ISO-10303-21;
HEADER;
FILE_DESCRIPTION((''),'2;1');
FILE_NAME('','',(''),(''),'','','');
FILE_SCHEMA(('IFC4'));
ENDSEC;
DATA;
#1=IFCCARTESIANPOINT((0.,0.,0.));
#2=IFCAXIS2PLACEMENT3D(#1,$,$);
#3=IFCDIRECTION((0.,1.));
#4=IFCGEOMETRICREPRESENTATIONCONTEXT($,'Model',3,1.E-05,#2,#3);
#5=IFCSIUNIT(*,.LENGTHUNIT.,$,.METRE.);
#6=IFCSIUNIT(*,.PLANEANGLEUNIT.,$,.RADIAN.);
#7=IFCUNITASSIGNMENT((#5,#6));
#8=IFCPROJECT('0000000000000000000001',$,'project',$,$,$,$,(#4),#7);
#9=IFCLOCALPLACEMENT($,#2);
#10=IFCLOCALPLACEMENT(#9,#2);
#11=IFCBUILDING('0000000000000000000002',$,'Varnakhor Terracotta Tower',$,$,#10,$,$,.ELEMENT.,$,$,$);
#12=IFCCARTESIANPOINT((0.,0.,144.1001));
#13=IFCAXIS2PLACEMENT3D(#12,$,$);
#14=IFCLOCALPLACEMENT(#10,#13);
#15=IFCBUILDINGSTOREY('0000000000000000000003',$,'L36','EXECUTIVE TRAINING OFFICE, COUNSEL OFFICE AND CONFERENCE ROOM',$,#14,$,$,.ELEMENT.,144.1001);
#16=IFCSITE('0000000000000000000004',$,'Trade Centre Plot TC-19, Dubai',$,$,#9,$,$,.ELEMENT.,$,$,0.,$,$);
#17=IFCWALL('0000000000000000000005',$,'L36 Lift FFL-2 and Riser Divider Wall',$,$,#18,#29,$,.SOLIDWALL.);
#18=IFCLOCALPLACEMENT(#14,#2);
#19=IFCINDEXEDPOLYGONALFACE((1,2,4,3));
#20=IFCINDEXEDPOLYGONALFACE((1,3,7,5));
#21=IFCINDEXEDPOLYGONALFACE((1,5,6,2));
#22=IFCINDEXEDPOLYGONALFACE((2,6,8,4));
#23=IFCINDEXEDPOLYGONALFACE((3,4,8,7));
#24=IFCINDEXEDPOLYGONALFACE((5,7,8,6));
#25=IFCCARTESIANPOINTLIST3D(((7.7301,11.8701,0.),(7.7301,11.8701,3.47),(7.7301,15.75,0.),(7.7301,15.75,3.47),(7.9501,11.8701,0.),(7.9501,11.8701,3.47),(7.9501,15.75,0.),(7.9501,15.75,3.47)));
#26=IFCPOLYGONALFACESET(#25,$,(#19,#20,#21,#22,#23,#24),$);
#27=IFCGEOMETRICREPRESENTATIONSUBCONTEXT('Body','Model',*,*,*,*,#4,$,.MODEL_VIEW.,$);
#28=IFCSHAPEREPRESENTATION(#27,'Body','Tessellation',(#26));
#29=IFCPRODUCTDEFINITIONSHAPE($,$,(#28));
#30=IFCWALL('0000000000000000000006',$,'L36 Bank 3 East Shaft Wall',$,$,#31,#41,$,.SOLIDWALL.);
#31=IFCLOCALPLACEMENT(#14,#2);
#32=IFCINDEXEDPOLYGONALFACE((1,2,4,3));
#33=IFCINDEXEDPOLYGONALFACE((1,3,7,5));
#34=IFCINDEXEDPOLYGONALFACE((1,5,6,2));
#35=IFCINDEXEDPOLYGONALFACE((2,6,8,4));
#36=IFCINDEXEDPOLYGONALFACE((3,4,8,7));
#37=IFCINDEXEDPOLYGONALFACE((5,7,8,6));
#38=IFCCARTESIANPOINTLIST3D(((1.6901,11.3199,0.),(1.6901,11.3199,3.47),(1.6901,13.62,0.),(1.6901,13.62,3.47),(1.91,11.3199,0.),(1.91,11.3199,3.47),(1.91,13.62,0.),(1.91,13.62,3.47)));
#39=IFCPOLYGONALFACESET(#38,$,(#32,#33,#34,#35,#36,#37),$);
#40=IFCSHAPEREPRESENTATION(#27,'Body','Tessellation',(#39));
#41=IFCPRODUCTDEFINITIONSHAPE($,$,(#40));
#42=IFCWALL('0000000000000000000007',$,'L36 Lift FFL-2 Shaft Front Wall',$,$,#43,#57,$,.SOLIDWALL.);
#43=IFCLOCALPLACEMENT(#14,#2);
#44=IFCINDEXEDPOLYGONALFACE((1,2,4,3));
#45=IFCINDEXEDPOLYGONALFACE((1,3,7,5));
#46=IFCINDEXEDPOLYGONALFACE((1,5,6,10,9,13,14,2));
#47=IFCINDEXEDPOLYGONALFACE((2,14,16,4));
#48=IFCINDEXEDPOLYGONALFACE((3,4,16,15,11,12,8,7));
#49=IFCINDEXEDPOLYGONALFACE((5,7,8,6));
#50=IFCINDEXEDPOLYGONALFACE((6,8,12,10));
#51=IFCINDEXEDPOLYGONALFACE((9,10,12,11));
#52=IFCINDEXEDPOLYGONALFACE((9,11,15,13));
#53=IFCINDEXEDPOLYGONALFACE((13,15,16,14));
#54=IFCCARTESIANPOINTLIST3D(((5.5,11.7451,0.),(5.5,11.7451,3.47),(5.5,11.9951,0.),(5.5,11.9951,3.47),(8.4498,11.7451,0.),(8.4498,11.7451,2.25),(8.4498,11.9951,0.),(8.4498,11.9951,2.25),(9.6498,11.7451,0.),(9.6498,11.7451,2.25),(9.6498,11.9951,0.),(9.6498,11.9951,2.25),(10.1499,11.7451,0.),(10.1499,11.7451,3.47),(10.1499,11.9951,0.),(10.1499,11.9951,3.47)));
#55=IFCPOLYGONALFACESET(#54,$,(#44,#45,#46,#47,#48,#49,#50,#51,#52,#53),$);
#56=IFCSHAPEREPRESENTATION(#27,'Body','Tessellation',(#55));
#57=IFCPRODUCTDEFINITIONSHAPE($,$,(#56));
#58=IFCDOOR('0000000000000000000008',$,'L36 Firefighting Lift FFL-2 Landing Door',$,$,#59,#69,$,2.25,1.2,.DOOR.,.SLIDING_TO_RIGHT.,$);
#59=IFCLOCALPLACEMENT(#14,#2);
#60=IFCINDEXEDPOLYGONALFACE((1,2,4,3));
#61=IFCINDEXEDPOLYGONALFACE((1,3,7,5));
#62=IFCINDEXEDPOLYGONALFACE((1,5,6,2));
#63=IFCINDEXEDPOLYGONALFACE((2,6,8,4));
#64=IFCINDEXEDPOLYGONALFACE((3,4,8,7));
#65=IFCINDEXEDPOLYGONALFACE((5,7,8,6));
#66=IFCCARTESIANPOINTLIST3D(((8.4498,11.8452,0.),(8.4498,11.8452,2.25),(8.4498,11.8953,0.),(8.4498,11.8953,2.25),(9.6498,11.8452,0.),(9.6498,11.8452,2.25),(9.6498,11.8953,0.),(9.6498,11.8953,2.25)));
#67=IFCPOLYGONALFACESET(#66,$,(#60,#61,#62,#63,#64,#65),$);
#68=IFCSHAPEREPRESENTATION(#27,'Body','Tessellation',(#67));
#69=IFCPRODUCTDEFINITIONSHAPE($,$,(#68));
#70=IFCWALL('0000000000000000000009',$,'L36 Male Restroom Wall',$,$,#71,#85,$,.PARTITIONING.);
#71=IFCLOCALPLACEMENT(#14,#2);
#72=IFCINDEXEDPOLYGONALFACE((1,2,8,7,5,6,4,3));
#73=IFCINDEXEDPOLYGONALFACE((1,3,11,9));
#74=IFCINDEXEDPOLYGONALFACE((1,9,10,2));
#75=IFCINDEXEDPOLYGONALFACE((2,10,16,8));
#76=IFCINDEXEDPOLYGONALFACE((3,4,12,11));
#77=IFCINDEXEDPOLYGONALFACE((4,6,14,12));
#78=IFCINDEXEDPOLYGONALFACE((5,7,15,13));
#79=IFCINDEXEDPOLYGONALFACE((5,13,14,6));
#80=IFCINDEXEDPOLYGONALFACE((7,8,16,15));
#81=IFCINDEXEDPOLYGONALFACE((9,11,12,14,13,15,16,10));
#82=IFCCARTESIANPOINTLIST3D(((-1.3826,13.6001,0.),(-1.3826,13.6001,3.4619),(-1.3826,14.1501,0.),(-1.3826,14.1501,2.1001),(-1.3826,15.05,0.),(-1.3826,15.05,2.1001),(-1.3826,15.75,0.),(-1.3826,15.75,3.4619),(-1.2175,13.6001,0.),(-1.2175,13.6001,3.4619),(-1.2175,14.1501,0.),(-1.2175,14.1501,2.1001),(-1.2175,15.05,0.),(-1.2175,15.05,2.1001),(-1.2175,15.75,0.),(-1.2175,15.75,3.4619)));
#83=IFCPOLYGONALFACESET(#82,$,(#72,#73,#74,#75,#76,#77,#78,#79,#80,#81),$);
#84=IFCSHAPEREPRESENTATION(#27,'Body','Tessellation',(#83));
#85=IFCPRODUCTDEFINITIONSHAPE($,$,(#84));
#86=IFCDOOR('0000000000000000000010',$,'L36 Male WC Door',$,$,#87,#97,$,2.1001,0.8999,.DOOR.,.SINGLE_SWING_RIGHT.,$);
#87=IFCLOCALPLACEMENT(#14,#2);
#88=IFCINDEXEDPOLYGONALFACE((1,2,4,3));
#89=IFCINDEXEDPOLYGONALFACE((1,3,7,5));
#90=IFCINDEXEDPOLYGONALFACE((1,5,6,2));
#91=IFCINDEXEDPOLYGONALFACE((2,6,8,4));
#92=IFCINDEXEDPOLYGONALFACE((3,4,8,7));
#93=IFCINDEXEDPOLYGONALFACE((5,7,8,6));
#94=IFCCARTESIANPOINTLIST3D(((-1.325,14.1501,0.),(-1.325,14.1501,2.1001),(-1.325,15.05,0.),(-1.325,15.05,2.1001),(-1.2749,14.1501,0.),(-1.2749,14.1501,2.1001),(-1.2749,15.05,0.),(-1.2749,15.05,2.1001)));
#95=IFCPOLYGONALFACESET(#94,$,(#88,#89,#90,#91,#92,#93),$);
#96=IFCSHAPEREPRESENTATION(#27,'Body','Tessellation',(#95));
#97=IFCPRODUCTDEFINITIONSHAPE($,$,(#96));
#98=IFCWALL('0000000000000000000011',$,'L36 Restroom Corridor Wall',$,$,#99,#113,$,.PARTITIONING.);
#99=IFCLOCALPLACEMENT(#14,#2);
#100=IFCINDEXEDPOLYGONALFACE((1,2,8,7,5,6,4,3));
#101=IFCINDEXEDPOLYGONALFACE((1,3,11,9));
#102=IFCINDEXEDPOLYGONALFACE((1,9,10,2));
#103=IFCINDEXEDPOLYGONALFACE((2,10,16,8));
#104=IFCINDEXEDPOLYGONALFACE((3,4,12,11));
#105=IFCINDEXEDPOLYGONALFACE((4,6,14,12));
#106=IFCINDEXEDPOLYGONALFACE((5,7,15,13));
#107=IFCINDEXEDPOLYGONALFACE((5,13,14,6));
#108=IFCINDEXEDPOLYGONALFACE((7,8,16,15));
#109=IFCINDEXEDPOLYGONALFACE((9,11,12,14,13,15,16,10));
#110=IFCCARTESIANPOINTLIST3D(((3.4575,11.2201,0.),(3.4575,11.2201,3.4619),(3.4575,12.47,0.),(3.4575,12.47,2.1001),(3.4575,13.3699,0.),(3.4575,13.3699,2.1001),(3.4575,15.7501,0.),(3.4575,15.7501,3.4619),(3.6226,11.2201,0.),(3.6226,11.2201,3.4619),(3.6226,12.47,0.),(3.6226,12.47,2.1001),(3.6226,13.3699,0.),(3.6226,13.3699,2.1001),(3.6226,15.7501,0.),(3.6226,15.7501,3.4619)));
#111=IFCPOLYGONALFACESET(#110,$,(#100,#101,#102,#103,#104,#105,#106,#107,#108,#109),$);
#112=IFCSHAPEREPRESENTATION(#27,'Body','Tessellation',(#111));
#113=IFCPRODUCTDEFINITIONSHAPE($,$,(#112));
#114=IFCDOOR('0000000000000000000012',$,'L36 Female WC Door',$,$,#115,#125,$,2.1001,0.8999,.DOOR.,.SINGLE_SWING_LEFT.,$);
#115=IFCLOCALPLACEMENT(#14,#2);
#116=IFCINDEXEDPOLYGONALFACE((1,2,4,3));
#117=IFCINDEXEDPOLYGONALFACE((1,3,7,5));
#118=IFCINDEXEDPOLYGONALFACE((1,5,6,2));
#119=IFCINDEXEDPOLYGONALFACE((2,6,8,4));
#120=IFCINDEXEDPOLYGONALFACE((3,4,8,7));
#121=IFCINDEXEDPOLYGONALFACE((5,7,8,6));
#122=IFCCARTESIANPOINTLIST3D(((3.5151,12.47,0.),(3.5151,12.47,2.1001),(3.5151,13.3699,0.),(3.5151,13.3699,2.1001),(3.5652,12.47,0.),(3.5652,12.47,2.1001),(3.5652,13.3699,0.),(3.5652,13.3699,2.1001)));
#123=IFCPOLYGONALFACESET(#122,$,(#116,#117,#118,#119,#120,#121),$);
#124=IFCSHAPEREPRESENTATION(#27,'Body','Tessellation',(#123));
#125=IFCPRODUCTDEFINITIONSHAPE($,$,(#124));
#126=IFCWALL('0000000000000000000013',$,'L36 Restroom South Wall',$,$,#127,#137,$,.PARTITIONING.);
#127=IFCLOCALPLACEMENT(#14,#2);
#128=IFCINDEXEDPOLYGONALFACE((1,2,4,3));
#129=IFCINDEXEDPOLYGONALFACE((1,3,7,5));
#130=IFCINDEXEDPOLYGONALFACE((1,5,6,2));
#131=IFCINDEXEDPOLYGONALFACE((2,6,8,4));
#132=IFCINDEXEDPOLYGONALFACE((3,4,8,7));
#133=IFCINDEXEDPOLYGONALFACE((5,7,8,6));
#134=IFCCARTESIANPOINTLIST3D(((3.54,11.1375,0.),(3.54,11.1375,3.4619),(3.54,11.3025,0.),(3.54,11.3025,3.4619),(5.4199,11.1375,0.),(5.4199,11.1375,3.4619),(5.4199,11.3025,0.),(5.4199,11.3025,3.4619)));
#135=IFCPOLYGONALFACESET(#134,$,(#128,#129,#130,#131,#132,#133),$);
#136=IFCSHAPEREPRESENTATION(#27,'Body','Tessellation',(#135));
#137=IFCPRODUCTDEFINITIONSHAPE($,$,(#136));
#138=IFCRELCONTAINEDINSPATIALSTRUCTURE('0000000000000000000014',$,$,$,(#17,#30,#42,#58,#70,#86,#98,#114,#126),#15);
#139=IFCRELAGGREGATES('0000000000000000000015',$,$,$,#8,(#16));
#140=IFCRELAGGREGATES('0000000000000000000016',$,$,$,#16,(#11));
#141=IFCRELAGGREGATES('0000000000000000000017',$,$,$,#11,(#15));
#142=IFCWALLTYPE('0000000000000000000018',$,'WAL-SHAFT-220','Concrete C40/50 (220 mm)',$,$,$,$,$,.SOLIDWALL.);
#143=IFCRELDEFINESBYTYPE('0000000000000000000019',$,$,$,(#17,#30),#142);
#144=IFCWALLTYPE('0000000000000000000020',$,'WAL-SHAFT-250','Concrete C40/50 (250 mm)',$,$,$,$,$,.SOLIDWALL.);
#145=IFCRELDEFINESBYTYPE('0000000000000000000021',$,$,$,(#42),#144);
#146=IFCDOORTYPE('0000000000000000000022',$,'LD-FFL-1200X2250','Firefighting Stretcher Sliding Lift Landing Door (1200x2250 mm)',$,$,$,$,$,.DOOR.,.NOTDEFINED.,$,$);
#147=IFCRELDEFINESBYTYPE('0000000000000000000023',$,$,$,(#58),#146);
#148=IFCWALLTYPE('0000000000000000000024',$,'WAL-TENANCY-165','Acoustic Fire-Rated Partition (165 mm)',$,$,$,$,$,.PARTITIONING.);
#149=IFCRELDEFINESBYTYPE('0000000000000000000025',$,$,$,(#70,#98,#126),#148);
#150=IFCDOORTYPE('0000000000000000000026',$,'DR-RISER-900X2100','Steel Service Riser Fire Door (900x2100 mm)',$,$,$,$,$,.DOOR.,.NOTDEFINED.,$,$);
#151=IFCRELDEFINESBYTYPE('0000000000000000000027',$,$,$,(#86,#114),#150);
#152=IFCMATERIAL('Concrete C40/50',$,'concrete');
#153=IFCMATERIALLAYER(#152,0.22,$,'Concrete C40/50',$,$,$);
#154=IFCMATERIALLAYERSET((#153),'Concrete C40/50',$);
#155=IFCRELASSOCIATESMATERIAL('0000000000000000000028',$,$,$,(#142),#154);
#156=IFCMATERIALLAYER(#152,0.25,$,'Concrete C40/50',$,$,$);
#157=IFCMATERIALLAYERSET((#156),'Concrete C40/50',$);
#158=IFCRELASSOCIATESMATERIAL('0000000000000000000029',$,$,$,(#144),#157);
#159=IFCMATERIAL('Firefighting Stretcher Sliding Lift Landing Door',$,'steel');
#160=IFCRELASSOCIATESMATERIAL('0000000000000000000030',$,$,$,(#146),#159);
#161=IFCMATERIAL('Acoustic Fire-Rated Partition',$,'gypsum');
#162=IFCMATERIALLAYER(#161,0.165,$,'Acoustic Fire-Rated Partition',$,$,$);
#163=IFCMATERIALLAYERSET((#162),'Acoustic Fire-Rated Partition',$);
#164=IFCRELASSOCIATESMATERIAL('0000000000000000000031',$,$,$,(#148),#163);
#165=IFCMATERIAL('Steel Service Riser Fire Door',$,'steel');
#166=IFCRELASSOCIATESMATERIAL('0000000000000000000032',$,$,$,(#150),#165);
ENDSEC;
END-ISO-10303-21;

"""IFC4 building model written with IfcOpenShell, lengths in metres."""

from ifc_helpers import new_model, si_unit, direction, frame, frame_2d, origin, place, context, subcontext, project, spatial, rectangle, extrude, source, transform, mapped, material, layer, layer_set, type_object, type_shapes, element, fill, save


model = new_model("IFC4")

# Units and contexts
model_context = context("Model", 3, precision=1e-05, world=origin(), true_north=direction((0.0, 1.0)))
body_context = subcontext(model_context, "Body", "Model", "MODEL_VIEW")
ifc_project = project(units=[si_unit("LENGTHUNIT", "METRE"), si_unit("PLANEANGLEUNIT", "RADIAN")], contexts=[model_context])

# Site, building, storey
site_placement = place(None, origin())
site = spatial("IfcSite", under=ifc_project, at=site_placement, Name="Trade Centre Plot TC-19, Dubai", CompositionType="ELEMENT", RefElevation=0.0)
building_placement = place(site_placement, origin())
building = spatial("IfcBuilding", under=site, at=building_placement, Name="Varnakhor Terracotta Tower", CompositionType="ELEMENT")
storey_placement = place(building_placement, frame((0.0, 0.0, 144.1001)))
storey = spatial("IfcBuildingStorey", under=building, at=storey_placement, Name="L36", Description="EXECUTIVE TRAINING OFFICE, COUNSEL OFFICE AND CONFERENCE ROOM", CompositionType="ELEMENT", Elevation=144.1001)

# Walls
ifc_material_1 = material(Name="Concrete C40/50", Category="concrete")
ifc_layer_1 = layer(ifc_material_1, 0.22, Name="Concrete C40/50")
ifc_layer_set_1 = layer_set([ifc_layer_1], Name="Concrete C40/50")
wall_type_1 = type_object("IfcWallType", Name="WAL-SHAFT-220", Description="Concrete C40/50 (220 mm)", PredefinedType="SOLIDWALL", material=ifc_layer_set_1)
wall_1_placement = place(storey_placement, frame((7.8401, 11.8701, 0.0), z_axis=(0.0, 0.0, 1.0), x_axis=(0.0, 1.0, 0.0)))
element("IfcWall", 1, at=wall_1_placement, inside=storey, type_object=wall_type_1, Name="L36 Lift FFL-2 and Riser Divider Wall", PredefinedType="SOLIDWALL", context=body_context, shape_type="SweptSolid", body=[
    extrude(rectangle(XDim=3.8799, YDim=0.22, at=frame_2d((1.9399, 0.0))), origin(), (0.0, 0.0, 1.0), 3.47),
])
wall_2_placement = place(storey_placement, frame((1.8, 11.3201, 0.0), z_axis=(0.0, 0.0, 1.0), x_axis=(0.0, 1.0, 0.0)))
element("IfcWall", 2, at=wall_2_placement, inside=storey, type_object=wall_type_1, Name="L36 Bank 3 East Shaft Wall", PredefinedType="SOLIDWALL", context=body_context, shape_type="SweptSolid", body=[
    extrude(rectangle(XDim=2.3, YDim=0.22, at=frame_2d((1.1499, 0.0))), origin(), (0.0, 0.0, 1.0), 3.47),
])

# Walls, openings, doors
ifc_layer_2 = layer(ifc_material_1, 0.25, Name="Concrete C40/50")
ifc_layer_set_2 = layer_set([ifc_layer_2], Name="Concrete C40/50")
wall_type_2 = type_object("IfcWallType", Name="WAL-SHAFT-250", Description="Concrete C40/50 (250 mm)", PredefinedType="SOLIDWALL", material=ifc_layer_set_2)
wall_3_placement = place(storey_placement, frame((10.1499, 11.8701, 0.0), z_axis=(0.0, 0.0, 1.0), x_axis=(-1.0, 0.0, 0.0)))
wall_3 = element("IfcWall", 3, at=wall_3_placement, inside=storey, type_object=wall_type_2, Name="L36 Lift FFL-2 Shaft Front Wall", PredefinedType="SOLIDWALL", context=body_context, shape_type="SweptSolid", body=[
    extrude(rectangle(XDim=4.6499, YDim=0.25, at=frame_2d((2.325, 0.0))), origin(), (0.0, 0.0, 1.0), 3.47),
])
opening_1_placement = place(wall_3_placement, frame((0.5, 0.0, 0.0)))
opening_1 = element("IfcOpeningElement", 4, at=opening_1_placement, cuts=wall_3, PredefinedType="OPENING", context=body_context, shape_type="SweptSolid", body=[
    extrude(rectangle(XDim=1.2, YDim=2.25, at=frame_2d((0.6001, 1.125))), frame((0.0, 0.135, 0.0), z_axis=(0.0, -1.0, 0.0), x_axis=(1.0, 0.0, 0.0)), (0.0, 0.0, 1.0), 0.27),
])
ifc_material_2 = material(Name="Firefighting Stretcher Sliding Lift Landing Door", Category="steel")
door_type_1 = type_object("IfcDoorType", Name="LD-FFL-1200X2250", Description="Firefighting Stretcher Sliding Lift Landing Door (1200x2250 mm)", OperationType="NOTDEFINED", PredefinedType="DOOR", material=ifc_material_2)
shared_shape_1 = source(origin(), body_context, "Body", "SweptSolid", [
    extrude(rectangle(XDim=1.2, YDim=2.25, at=frame_2d((0.6001, 1.125))), frame((0.0, 0.0249, 0.0), z_axis=(0.0, -1.0, 0.0), x_axis=(1.0, 0.0, 0.0)), (0.0, 0.0, 1.0), 0.05),
])
type_shapes(door_type_1, [shared_shape_1])
door_1_placement = place(opening_1_placement, origin())
door_1 = element("IfcDoor", 5, at=door_1_placement, inside=storey, type_object=door_type_1, Name="L36 Firefighting Lift FFL-2 Landing Door", OperationType="SLIDING_TO_RIGHT", OverallHeight=2.25, OverallWidth=1.2, PredefinedType="DOOR", context=body_context, shape_type="MappedRepresentation", body=[
    mapped(shared_shape_1, transform((0.0, 0.0, 0.0), scale=1.0)),
])
fill(opening_1, door_1)
ifc_material_3 = material(Name="Acoustic Fire-Rated Partition", Category="gypsum")
ifc_layer_3 = layer(ifc_material_3, 0.165, Name="Acoustic Fire-Rated Partition")
ifc_layer_set_3 = layer_set([ifc_layer_3], Name="Acoustic Fire-Rated Partition")
wall_type_3 = type_object("IfcWallType", Name="WAL-TENANCY-165", Description="Acoustic Fire-Rated Partition (165 mm)", PredefinedType="PARTITIONING", material=ifc_layer_set_3)
wall_4_placement = place(storey_placement, frame((-1.3, 13.6001, 0.0), z_axis=(0.0, 0.0, 1.0), x_axis=(0.0, 1.0, 0.0)))
wall_4 = element("IfcWall", 6, at=wall_4_placement, inside=storey, type_object=wall_type_3, Name="L36 Male Restroom Wall", PredefinedType="PARTITIONING", context=body_context, shape_type="SweptSolid", body=[
    extrude(rectangle(XDim=2.1499, YDim=0.165, at=frame_2d((1.075, 0.0))), origin(), (0.0, 0.0, 1.0), 3.4619),
])
opening_2_placement = place(wall_4_placement, frame((0.55, 0.0, 0.0)))
opening_2 = element("IfcOpeningElement", 7, at=opening_2_placement, cuts=wall_4, PredefinedType="OPENING", context=body_context, shape_type="SweptSolid", body=[
    extrude(rectangle(XDim=0.8999, YDim=2.1001, at=frame_2d((0.45, 1.05))), frame((0.0, 0.0925, 0.0), z_axis=(0.0, -1.0, 0.0), x_axis=(1.0, 0.0, 0.0)), (0.0, 0.0, 1.0), 0.1851),
])
ifc_material_4 = material(Name="Steel Service Riser Fire Door", Category="steel")
door_type_2 = type_object("IfcDoorType", Name="DR-RISER-900X2100", Description="Steel Service Riser Fire Door (900x2100 mm)", OperationType="NOTDEFINED", PredefinedType="DOOR", material=ifc_material_4)
shared_shape_2 = source(origin(), body_context, "Body", "SweptSolid", [
    extrude(rectangle(XDim=0.8999, YDim=2.1001, at=frame_2d((0.45, 1.05))), frame((0.0, 0.0249, 0.0), z_axis=(0.0, -1.0, 0.0), x_axis=(1.0, 0.0, 0.0)), (0.0, 0.0, 1.0), 0.05),
])
type_shapes(door_type_2, [shared_shape_2])
door_2_placement = place(opening_2_placement, origin())
door_2 = element("IfcDoor", 8, at=door_2_placement, inside=storey, type_object=door_type_2, Name="L36 Male WC Door", OperationType="SINGLE_SWING_RIGHT", OverallHeight=2.1001, OverallWidth=0.8999, PredefinedType="DOOR", context=body_context, shape_type="MappedRepresentation", body=[
    mapped(shared_shape_2, transform((0.0, 0.0, 0.0), scale=1.0)),
])
fill(opening_2, door_2)
wall_5_placement = place(storey_placement, frame((3.54, 11.22, 0.0), z_axis=(0.0, 0.0, 1.0), x_axis=(0.0, 1.0, 0.0)))
wall_5 = element("IfcWall", 9, at=wall_5_placement, inside=storey, type_object=wall_type_3, Name="L36 Restroom Corridor Wall", PredefinedType="PARTITIONING", context=body_context, shape_type="SweptSolid", body=[
    extrude(rectangle(XDim=4.53, YDim=0.165, at=frame_2d((2.2651, 0.0))), origin(), (0.0, 0.0, 1.0), 3.4619),
])
opening_3_placement = place(wall_5_placement, frame((1.25, 0.0, 0.0)))
opening_3 = element("IfcOpeningElement", 10, at=opening_3_placement, cuts=wall_5, PredefinedType="OPENING", context=body_context, shape_type="SweptSolid", body=[
    extrude(rectangle(XDim=0.8999, YDim=2.1001, at=frame_2d((0.45, 1.05))), frame((0.0, 0.0925, 0.0), z_axis=(0.0, -1.0, 0.0), x_axis=(1.0, 0.0, 0.0)), (0.0, 0.0, 1.0), 0.1851),
])
door_3_placement = place(opening_3_placement, origin())
door_3 = element("IfcDoor", 11, at=door_3_placement, inside=storey, type_object=door_type_2, Name="L36 Female WC Door", OperationType="SINGLE_SWING_LEFT", OverallHeight=2.1001, OverallWidth=0.8999, PredefinedType="DOOR", context=body_context, shape_type="MappedRepresentation", body=[
    mapped(shared_shape_2, transform((0.0, 0.0, 0.0), scale=1.0)),
])
fill(opening_3, door_3)

# Wall
wall_6_placement = place(storey_placement, frame((3.54, 11.22, 0.0), z_axis=(0.0, 0.0, 1.0), x_axis=(1.0, 0.0, 0.0)))
element("IfcWall", 12, at=wall_6_placement, inside=storey, type_object=wall_type_3, Name="L36 Restroom South Wall", PredefinedType="PARTITIONING", context=body_context, shape_type="SweptSolid", body=[
    extrude(rectangle(XDim=1.8799, YDim=0.165, at=frame_2d((0.9399, 0.0))), origin(), (0.0, 0.0, 1.0), 3.4619),
])

save(model, "model.ifc")
